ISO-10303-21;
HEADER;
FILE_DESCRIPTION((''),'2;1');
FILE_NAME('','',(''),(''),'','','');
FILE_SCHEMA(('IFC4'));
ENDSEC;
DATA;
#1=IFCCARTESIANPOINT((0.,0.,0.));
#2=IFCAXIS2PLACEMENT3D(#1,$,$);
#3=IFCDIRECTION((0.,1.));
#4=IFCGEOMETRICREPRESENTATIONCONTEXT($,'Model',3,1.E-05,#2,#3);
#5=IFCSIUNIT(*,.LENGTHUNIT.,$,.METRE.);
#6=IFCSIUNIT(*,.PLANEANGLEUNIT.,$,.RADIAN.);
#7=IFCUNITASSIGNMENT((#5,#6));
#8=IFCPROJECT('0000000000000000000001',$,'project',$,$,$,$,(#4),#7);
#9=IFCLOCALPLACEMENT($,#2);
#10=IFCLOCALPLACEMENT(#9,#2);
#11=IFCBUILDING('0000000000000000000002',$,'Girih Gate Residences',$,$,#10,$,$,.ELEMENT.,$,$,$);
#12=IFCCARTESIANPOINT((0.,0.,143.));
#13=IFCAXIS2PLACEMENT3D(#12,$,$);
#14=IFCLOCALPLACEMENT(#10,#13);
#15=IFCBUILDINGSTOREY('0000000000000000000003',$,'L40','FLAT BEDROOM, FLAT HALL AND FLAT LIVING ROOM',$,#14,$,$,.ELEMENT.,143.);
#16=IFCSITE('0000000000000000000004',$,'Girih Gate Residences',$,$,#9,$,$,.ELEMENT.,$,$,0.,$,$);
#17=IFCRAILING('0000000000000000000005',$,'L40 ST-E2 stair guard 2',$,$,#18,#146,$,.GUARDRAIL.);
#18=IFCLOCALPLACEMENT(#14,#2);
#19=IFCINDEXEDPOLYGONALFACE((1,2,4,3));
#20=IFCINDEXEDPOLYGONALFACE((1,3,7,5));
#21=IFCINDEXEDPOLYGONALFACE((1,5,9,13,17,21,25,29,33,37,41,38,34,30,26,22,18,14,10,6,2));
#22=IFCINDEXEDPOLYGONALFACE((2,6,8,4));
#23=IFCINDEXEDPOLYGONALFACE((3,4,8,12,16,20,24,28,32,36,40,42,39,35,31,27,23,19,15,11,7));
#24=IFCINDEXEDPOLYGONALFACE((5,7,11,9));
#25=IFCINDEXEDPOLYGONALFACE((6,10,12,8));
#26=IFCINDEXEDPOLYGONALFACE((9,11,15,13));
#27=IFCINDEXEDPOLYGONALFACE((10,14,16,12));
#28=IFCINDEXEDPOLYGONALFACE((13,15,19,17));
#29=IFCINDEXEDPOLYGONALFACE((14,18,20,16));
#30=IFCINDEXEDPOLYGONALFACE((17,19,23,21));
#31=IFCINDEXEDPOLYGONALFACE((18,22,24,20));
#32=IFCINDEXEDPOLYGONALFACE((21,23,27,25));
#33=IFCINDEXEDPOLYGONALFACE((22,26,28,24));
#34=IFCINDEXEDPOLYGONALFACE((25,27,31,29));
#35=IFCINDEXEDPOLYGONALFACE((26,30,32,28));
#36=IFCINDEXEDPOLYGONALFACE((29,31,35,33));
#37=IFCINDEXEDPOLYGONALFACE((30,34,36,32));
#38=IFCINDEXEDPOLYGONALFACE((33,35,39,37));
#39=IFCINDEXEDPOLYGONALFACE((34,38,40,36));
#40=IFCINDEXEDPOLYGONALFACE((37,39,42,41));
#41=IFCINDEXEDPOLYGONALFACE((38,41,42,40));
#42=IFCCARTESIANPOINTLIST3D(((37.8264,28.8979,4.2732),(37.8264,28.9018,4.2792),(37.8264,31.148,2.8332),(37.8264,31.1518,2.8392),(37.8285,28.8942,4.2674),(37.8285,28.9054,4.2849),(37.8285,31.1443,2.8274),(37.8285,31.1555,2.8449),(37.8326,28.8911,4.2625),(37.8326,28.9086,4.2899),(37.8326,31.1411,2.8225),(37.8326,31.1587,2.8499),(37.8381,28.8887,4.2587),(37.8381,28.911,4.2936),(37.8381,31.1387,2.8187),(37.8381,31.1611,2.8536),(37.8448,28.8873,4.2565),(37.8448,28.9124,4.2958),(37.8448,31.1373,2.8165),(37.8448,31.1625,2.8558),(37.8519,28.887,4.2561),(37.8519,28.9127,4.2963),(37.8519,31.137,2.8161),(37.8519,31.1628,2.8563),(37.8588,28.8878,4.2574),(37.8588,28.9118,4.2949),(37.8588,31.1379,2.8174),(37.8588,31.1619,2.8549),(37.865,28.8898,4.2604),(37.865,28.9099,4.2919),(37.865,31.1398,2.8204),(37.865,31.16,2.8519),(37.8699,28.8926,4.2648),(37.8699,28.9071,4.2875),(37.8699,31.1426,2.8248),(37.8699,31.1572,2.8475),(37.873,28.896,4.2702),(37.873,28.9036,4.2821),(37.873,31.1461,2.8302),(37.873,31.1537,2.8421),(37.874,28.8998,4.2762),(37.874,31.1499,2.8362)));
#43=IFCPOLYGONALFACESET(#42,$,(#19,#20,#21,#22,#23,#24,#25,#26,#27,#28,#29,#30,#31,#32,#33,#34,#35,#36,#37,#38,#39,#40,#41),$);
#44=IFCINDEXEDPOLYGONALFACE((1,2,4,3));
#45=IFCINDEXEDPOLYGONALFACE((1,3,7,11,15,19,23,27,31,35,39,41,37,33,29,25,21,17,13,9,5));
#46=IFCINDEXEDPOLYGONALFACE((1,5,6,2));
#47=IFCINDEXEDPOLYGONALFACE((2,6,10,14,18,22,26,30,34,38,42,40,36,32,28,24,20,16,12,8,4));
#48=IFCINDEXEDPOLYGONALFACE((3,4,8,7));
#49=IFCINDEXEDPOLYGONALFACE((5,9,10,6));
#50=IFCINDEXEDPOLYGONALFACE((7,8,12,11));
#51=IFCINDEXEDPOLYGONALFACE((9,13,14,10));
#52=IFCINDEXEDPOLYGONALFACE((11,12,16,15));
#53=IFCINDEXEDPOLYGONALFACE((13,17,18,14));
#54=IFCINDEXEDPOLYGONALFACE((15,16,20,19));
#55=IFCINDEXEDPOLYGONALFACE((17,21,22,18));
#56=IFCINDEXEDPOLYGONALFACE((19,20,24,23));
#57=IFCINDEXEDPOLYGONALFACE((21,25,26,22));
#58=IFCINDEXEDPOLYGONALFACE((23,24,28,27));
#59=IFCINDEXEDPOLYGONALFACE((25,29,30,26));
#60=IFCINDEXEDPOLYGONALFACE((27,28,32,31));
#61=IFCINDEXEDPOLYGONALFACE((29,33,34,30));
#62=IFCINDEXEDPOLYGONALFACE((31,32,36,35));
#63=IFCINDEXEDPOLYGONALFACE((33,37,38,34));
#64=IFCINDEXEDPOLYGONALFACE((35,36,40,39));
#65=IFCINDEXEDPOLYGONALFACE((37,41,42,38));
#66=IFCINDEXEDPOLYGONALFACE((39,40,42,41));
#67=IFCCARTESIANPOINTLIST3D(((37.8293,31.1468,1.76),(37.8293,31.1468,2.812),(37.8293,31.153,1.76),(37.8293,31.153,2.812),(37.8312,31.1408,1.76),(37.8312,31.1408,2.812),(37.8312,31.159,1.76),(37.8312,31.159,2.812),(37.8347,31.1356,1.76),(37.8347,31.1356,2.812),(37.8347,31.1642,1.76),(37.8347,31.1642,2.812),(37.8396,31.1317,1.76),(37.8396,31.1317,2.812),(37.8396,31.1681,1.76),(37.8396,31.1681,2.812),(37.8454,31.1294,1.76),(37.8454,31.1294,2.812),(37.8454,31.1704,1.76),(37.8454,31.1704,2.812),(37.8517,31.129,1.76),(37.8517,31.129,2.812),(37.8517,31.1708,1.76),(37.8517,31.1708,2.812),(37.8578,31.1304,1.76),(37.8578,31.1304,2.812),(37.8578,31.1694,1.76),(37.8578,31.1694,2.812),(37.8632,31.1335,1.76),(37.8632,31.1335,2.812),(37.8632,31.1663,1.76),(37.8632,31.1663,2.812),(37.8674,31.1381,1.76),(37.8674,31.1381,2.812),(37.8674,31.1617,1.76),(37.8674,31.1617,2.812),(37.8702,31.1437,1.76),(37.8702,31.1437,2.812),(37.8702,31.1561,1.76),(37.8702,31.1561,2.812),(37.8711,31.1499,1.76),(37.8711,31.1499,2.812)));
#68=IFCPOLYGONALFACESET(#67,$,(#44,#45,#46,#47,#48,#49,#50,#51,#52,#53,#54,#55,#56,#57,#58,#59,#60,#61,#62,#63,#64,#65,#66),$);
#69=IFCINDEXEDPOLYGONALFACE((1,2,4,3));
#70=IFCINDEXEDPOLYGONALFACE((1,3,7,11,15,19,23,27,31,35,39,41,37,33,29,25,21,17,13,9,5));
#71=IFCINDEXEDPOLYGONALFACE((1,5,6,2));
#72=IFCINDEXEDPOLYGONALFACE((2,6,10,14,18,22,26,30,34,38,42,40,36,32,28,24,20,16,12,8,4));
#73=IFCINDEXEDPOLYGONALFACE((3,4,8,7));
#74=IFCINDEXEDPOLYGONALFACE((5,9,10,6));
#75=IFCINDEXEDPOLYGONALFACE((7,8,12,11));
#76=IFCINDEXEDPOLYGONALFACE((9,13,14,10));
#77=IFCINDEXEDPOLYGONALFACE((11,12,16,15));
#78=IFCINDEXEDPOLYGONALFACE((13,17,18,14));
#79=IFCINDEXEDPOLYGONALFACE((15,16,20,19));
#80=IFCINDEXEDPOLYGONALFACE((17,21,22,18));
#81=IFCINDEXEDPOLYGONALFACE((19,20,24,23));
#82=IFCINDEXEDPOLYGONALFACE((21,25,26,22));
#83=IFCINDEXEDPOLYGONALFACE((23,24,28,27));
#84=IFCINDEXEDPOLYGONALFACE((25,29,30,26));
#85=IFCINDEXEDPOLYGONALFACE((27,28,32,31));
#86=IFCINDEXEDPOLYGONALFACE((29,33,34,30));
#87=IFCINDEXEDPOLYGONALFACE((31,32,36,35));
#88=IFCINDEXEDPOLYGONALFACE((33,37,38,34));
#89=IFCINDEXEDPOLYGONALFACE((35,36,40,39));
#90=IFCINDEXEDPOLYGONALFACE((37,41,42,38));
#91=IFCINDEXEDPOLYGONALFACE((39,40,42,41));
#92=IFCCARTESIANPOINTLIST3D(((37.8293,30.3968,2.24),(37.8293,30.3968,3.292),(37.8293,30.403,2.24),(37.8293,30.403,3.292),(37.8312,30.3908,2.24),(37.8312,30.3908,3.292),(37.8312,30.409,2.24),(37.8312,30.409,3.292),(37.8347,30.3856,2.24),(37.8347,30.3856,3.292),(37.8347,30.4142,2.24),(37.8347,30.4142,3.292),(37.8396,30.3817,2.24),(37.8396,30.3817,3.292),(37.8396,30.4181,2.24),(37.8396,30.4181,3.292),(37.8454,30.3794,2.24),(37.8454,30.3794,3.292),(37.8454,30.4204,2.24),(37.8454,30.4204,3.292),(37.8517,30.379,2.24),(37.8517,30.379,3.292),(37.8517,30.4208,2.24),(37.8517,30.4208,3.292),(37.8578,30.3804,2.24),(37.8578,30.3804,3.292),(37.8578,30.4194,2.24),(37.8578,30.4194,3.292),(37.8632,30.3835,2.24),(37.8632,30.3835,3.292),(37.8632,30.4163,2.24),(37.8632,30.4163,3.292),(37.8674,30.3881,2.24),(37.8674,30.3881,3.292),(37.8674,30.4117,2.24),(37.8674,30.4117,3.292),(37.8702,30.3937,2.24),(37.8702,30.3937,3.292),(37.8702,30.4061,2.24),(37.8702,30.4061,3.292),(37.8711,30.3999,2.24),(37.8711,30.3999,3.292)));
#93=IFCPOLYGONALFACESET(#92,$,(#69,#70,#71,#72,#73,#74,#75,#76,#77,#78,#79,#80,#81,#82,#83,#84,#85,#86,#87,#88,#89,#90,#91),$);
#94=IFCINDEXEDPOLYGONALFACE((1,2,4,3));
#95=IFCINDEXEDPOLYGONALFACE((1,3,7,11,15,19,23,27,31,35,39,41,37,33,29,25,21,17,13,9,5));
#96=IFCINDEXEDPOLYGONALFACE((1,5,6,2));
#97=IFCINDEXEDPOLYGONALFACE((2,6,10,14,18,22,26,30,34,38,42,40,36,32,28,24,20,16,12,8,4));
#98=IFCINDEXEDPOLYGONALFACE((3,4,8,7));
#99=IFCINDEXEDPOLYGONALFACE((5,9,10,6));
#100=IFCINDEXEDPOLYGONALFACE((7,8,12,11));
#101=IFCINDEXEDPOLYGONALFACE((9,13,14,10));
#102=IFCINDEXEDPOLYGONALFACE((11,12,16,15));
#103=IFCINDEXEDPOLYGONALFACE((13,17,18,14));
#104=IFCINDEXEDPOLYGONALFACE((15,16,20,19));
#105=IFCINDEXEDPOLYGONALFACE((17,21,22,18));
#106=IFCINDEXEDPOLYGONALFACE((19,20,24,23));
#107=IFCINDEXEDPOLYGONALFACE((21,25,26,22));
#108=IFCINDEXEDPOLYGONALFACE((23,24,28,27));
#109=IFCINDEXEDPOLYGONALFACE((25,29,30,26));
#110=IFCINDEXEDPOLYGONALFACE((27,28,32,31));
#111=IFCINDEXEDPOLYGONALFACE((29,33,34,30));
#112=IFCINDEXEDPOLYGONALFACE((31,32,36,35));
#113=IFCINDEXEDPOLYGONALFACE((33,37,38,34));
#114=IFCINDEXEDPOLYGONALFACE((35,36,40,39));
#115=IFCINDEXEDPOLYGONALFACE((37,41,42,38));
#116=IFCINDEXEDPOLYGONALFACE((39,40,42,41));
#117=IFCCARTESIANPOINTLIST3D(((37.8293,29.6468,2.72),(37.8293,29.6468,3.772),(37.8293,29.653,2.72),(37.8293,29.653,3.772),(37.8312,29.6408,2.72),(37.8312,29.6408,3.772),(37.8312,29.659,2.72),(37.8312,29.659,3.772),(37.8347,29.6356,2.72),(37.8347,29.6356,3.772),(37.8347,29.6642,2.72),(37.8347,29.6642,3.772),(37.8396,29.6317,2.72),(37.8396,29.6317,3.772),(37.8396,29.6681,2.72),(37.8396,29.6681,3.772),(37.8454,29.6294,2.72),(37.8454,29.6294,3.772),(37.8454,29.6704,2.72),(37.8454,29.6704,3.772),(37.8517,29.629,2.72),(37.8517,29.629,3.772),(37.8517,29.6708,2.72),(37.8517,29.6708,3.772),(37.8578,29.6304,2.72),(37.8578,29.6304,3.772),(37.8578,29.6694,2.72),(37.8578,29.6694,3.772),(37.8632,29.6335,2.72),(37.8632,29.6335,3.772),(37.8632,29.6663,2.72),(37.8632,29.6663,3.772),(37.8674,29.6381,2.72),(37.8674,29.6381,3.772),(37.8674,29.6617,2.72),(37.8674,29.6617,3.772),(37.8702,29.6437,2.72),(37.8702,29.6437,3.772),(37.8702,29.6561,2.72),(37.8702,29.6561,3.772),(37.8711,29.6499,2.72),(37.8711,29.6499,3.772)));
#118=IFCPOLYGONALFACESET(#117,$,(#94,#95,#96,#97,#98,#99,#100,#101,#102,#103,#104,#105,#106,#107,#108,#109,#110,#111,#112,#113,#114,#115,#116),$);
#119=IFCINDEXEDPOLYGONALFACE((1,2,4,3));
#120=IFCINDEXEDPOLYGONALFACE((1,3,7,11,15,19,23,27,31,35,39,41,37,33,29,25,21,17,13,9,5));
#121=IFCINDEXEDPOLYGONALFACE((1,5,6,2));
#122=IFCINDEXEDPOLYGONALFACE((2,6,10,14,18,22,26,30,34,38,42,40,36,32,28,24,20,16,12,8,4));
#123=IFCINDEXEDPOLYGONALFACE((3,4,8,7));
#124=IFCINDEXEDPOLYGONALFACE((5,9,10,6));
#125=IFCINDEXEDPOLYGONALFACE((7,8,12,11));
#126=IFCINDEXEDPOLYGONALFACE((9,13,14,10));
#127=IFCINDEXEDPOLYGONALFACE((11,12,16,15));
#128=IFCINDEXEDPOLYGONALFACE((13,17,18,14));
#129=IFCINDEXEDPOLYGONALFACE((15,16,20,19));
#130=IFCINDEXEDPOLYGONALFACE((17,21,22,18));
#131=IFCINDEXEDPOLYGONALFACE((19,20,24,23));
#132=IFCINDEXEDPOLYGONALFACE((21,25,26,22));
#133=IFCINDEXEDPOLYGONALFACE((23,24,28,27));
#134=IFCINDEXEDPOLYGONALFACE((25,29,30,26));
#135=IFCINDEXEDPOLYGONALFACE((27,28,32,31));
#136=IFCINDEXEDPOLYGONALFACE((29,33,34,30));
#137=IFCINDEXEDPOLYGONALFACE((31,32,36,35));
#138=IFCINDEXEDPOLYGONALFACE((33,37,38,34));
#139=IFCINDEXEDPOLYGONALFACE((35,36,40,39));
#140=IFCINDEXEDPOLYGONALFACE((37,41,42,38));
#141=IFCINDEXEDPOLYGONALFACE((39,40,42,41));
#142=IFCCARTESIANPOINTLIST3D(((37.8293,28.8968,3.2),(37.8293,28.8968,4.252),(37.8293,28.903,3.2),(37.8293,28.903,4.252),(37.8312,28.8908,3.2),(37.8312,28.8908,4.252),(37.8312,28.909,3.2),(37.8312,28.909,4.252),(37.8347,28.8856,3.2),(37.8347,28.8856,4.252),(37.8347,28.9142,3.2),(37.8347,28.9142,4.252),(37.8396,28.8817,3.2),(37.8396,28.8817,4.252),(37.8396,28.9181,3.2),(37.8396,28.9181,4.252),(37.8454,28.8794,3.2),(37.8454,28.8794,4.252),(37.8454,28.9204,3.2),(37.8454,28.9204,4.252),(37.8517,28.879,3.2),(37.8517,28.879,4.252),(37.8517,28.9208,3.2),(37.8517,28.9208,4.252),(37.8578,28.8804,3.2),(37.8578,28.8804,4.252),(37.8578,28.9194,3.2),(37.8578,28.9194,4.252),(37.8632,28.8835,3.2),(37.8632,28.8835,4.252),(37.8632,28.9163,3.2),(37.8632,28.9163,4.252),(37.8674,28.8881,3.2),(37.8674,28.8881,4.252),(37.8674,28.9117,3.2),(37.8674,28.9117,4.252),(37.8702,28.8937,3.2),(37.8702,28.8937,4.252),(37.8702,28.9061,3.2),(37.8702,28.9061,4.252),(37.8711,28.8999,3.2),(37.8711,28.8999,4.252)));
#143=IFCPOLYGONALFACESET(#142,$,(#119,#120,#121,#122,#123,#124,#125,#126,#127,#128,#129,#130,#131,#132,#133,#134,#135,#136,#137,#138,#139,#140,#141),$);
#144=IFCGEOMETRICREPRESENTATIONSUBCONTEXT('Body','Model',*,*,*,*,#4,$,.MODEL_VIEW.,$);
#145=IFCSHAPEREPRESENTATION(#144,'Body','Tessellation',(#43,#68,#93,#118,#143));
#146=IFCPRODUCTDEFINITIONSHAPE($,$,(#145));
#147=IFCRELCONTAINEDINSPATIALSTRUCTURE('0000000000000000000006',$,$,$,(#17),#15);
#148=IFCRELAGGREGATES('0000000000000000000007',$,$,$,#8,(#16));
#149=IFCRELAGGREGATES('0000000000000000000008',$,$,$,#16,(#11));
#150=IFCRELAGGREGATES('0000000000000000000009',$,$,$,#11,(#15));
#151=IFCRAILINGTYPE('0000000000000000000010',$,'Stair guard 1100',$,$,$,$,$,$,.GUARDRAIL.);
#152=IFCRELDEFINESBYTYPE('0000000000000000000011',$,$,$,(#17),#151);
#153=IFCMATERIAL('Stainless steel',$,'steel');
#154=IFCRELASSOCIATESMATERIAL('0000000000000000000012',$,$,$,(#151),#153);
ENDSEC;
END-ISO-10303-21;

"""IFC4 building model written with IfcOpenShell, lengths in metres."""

from ifc_helpers import new_model, si_unit, direction, frame, origin, origin_2d, place, context, subcontext, project, spatial, circle, extrude, material, type_object, element, save


model = new_model("IFC4")

# Units and contexts
model_context = context("Model", 3, precision=1e-05, world=origin(), true_north=direction((0.0, 1.0)))
body_context = subcontext(model_context, "Body", "Model", "MODEL_VIEW")
ifc_project = project(units=[si_unit("LENGTHUNIT", "METRE"), si_unit("PLANEANGLEUNIT", "RADIAN")], contexts=[model_context])

# Site, building, storey
site_placement = place(None, origin())
site = spatial("IfcSite", under=ifc_project, at=site_placement, Name="Girih Gate Residences", CompositionType="ELEMENT", RefElevation=0.0)
building_placement = place(site_placement, origin())
building = spatial("IfcBuilding", under=site, at=building_placement, Name="Girih Gate Residences", CompositionType="ELEMENT")
storey_placement = place(building_placement, frame((0.0, 0.0, 143.0)))
storey = spatial("IfcBuildingStorey", under=building, at=storey_placement, Name="L40", Description="FLAT BEDROOM, FLAT HALL AND FLAT LIVING ROOM", CompositionType="ELEMENT", Elevation=143.0)

# Railing
ifc_material_1 = material(Name="Stainless steel", Category="steel")
railing_type_1 = type_object("IfcRailingType", Name="Stair guard 1100", PredefinedType="GUARDRAIL", material=ifc_material_1)
railing_1_placement = place(storey_placement, frame((37.8501, 31.1499, 1.76)))
element("IfcRailing", 1, at=railing_1_placement, inside=storey, type_object=railing_type_1, Name="L40 ST-E2 stair guard 2", PredefinedType="GUARDRAIL", context=body_context, shape_type="SweptSolid", body=[
    extrude(circle(Radius=0.0239, at=origin_2d()), frame((0.0, 0.0, 1.0762), z_axis=(0.0, -0.842281, 0.539038), x_axis=(1.0, 0.0, 0.0)), (0.0, 0.0, 1.0), 2.6714),
    extrude(circle(Radius=0.021, at=origin_2d()), origin(), (0.0, 0.0, 1.0), 1.052),
    extrude(circle(Radius=0.021, at=origin_2d()), frame((0.0, -0.75, 0.48)), (0.0, 0.0, 1.0), 1.052),
    extrude(circle(Radius=0.021, at=origin_2d()), frame((0.0, -1.5, 0.96)), (0.0, 0.0, 1.0), 1.052),
    extrude(circle(Radius=0.021, at=origin_2d()), frame((0.0, -2.25, 1.4399)), (0.0, 0.0, 1.0), 1.052),
])

save(model, "model.ifc")
